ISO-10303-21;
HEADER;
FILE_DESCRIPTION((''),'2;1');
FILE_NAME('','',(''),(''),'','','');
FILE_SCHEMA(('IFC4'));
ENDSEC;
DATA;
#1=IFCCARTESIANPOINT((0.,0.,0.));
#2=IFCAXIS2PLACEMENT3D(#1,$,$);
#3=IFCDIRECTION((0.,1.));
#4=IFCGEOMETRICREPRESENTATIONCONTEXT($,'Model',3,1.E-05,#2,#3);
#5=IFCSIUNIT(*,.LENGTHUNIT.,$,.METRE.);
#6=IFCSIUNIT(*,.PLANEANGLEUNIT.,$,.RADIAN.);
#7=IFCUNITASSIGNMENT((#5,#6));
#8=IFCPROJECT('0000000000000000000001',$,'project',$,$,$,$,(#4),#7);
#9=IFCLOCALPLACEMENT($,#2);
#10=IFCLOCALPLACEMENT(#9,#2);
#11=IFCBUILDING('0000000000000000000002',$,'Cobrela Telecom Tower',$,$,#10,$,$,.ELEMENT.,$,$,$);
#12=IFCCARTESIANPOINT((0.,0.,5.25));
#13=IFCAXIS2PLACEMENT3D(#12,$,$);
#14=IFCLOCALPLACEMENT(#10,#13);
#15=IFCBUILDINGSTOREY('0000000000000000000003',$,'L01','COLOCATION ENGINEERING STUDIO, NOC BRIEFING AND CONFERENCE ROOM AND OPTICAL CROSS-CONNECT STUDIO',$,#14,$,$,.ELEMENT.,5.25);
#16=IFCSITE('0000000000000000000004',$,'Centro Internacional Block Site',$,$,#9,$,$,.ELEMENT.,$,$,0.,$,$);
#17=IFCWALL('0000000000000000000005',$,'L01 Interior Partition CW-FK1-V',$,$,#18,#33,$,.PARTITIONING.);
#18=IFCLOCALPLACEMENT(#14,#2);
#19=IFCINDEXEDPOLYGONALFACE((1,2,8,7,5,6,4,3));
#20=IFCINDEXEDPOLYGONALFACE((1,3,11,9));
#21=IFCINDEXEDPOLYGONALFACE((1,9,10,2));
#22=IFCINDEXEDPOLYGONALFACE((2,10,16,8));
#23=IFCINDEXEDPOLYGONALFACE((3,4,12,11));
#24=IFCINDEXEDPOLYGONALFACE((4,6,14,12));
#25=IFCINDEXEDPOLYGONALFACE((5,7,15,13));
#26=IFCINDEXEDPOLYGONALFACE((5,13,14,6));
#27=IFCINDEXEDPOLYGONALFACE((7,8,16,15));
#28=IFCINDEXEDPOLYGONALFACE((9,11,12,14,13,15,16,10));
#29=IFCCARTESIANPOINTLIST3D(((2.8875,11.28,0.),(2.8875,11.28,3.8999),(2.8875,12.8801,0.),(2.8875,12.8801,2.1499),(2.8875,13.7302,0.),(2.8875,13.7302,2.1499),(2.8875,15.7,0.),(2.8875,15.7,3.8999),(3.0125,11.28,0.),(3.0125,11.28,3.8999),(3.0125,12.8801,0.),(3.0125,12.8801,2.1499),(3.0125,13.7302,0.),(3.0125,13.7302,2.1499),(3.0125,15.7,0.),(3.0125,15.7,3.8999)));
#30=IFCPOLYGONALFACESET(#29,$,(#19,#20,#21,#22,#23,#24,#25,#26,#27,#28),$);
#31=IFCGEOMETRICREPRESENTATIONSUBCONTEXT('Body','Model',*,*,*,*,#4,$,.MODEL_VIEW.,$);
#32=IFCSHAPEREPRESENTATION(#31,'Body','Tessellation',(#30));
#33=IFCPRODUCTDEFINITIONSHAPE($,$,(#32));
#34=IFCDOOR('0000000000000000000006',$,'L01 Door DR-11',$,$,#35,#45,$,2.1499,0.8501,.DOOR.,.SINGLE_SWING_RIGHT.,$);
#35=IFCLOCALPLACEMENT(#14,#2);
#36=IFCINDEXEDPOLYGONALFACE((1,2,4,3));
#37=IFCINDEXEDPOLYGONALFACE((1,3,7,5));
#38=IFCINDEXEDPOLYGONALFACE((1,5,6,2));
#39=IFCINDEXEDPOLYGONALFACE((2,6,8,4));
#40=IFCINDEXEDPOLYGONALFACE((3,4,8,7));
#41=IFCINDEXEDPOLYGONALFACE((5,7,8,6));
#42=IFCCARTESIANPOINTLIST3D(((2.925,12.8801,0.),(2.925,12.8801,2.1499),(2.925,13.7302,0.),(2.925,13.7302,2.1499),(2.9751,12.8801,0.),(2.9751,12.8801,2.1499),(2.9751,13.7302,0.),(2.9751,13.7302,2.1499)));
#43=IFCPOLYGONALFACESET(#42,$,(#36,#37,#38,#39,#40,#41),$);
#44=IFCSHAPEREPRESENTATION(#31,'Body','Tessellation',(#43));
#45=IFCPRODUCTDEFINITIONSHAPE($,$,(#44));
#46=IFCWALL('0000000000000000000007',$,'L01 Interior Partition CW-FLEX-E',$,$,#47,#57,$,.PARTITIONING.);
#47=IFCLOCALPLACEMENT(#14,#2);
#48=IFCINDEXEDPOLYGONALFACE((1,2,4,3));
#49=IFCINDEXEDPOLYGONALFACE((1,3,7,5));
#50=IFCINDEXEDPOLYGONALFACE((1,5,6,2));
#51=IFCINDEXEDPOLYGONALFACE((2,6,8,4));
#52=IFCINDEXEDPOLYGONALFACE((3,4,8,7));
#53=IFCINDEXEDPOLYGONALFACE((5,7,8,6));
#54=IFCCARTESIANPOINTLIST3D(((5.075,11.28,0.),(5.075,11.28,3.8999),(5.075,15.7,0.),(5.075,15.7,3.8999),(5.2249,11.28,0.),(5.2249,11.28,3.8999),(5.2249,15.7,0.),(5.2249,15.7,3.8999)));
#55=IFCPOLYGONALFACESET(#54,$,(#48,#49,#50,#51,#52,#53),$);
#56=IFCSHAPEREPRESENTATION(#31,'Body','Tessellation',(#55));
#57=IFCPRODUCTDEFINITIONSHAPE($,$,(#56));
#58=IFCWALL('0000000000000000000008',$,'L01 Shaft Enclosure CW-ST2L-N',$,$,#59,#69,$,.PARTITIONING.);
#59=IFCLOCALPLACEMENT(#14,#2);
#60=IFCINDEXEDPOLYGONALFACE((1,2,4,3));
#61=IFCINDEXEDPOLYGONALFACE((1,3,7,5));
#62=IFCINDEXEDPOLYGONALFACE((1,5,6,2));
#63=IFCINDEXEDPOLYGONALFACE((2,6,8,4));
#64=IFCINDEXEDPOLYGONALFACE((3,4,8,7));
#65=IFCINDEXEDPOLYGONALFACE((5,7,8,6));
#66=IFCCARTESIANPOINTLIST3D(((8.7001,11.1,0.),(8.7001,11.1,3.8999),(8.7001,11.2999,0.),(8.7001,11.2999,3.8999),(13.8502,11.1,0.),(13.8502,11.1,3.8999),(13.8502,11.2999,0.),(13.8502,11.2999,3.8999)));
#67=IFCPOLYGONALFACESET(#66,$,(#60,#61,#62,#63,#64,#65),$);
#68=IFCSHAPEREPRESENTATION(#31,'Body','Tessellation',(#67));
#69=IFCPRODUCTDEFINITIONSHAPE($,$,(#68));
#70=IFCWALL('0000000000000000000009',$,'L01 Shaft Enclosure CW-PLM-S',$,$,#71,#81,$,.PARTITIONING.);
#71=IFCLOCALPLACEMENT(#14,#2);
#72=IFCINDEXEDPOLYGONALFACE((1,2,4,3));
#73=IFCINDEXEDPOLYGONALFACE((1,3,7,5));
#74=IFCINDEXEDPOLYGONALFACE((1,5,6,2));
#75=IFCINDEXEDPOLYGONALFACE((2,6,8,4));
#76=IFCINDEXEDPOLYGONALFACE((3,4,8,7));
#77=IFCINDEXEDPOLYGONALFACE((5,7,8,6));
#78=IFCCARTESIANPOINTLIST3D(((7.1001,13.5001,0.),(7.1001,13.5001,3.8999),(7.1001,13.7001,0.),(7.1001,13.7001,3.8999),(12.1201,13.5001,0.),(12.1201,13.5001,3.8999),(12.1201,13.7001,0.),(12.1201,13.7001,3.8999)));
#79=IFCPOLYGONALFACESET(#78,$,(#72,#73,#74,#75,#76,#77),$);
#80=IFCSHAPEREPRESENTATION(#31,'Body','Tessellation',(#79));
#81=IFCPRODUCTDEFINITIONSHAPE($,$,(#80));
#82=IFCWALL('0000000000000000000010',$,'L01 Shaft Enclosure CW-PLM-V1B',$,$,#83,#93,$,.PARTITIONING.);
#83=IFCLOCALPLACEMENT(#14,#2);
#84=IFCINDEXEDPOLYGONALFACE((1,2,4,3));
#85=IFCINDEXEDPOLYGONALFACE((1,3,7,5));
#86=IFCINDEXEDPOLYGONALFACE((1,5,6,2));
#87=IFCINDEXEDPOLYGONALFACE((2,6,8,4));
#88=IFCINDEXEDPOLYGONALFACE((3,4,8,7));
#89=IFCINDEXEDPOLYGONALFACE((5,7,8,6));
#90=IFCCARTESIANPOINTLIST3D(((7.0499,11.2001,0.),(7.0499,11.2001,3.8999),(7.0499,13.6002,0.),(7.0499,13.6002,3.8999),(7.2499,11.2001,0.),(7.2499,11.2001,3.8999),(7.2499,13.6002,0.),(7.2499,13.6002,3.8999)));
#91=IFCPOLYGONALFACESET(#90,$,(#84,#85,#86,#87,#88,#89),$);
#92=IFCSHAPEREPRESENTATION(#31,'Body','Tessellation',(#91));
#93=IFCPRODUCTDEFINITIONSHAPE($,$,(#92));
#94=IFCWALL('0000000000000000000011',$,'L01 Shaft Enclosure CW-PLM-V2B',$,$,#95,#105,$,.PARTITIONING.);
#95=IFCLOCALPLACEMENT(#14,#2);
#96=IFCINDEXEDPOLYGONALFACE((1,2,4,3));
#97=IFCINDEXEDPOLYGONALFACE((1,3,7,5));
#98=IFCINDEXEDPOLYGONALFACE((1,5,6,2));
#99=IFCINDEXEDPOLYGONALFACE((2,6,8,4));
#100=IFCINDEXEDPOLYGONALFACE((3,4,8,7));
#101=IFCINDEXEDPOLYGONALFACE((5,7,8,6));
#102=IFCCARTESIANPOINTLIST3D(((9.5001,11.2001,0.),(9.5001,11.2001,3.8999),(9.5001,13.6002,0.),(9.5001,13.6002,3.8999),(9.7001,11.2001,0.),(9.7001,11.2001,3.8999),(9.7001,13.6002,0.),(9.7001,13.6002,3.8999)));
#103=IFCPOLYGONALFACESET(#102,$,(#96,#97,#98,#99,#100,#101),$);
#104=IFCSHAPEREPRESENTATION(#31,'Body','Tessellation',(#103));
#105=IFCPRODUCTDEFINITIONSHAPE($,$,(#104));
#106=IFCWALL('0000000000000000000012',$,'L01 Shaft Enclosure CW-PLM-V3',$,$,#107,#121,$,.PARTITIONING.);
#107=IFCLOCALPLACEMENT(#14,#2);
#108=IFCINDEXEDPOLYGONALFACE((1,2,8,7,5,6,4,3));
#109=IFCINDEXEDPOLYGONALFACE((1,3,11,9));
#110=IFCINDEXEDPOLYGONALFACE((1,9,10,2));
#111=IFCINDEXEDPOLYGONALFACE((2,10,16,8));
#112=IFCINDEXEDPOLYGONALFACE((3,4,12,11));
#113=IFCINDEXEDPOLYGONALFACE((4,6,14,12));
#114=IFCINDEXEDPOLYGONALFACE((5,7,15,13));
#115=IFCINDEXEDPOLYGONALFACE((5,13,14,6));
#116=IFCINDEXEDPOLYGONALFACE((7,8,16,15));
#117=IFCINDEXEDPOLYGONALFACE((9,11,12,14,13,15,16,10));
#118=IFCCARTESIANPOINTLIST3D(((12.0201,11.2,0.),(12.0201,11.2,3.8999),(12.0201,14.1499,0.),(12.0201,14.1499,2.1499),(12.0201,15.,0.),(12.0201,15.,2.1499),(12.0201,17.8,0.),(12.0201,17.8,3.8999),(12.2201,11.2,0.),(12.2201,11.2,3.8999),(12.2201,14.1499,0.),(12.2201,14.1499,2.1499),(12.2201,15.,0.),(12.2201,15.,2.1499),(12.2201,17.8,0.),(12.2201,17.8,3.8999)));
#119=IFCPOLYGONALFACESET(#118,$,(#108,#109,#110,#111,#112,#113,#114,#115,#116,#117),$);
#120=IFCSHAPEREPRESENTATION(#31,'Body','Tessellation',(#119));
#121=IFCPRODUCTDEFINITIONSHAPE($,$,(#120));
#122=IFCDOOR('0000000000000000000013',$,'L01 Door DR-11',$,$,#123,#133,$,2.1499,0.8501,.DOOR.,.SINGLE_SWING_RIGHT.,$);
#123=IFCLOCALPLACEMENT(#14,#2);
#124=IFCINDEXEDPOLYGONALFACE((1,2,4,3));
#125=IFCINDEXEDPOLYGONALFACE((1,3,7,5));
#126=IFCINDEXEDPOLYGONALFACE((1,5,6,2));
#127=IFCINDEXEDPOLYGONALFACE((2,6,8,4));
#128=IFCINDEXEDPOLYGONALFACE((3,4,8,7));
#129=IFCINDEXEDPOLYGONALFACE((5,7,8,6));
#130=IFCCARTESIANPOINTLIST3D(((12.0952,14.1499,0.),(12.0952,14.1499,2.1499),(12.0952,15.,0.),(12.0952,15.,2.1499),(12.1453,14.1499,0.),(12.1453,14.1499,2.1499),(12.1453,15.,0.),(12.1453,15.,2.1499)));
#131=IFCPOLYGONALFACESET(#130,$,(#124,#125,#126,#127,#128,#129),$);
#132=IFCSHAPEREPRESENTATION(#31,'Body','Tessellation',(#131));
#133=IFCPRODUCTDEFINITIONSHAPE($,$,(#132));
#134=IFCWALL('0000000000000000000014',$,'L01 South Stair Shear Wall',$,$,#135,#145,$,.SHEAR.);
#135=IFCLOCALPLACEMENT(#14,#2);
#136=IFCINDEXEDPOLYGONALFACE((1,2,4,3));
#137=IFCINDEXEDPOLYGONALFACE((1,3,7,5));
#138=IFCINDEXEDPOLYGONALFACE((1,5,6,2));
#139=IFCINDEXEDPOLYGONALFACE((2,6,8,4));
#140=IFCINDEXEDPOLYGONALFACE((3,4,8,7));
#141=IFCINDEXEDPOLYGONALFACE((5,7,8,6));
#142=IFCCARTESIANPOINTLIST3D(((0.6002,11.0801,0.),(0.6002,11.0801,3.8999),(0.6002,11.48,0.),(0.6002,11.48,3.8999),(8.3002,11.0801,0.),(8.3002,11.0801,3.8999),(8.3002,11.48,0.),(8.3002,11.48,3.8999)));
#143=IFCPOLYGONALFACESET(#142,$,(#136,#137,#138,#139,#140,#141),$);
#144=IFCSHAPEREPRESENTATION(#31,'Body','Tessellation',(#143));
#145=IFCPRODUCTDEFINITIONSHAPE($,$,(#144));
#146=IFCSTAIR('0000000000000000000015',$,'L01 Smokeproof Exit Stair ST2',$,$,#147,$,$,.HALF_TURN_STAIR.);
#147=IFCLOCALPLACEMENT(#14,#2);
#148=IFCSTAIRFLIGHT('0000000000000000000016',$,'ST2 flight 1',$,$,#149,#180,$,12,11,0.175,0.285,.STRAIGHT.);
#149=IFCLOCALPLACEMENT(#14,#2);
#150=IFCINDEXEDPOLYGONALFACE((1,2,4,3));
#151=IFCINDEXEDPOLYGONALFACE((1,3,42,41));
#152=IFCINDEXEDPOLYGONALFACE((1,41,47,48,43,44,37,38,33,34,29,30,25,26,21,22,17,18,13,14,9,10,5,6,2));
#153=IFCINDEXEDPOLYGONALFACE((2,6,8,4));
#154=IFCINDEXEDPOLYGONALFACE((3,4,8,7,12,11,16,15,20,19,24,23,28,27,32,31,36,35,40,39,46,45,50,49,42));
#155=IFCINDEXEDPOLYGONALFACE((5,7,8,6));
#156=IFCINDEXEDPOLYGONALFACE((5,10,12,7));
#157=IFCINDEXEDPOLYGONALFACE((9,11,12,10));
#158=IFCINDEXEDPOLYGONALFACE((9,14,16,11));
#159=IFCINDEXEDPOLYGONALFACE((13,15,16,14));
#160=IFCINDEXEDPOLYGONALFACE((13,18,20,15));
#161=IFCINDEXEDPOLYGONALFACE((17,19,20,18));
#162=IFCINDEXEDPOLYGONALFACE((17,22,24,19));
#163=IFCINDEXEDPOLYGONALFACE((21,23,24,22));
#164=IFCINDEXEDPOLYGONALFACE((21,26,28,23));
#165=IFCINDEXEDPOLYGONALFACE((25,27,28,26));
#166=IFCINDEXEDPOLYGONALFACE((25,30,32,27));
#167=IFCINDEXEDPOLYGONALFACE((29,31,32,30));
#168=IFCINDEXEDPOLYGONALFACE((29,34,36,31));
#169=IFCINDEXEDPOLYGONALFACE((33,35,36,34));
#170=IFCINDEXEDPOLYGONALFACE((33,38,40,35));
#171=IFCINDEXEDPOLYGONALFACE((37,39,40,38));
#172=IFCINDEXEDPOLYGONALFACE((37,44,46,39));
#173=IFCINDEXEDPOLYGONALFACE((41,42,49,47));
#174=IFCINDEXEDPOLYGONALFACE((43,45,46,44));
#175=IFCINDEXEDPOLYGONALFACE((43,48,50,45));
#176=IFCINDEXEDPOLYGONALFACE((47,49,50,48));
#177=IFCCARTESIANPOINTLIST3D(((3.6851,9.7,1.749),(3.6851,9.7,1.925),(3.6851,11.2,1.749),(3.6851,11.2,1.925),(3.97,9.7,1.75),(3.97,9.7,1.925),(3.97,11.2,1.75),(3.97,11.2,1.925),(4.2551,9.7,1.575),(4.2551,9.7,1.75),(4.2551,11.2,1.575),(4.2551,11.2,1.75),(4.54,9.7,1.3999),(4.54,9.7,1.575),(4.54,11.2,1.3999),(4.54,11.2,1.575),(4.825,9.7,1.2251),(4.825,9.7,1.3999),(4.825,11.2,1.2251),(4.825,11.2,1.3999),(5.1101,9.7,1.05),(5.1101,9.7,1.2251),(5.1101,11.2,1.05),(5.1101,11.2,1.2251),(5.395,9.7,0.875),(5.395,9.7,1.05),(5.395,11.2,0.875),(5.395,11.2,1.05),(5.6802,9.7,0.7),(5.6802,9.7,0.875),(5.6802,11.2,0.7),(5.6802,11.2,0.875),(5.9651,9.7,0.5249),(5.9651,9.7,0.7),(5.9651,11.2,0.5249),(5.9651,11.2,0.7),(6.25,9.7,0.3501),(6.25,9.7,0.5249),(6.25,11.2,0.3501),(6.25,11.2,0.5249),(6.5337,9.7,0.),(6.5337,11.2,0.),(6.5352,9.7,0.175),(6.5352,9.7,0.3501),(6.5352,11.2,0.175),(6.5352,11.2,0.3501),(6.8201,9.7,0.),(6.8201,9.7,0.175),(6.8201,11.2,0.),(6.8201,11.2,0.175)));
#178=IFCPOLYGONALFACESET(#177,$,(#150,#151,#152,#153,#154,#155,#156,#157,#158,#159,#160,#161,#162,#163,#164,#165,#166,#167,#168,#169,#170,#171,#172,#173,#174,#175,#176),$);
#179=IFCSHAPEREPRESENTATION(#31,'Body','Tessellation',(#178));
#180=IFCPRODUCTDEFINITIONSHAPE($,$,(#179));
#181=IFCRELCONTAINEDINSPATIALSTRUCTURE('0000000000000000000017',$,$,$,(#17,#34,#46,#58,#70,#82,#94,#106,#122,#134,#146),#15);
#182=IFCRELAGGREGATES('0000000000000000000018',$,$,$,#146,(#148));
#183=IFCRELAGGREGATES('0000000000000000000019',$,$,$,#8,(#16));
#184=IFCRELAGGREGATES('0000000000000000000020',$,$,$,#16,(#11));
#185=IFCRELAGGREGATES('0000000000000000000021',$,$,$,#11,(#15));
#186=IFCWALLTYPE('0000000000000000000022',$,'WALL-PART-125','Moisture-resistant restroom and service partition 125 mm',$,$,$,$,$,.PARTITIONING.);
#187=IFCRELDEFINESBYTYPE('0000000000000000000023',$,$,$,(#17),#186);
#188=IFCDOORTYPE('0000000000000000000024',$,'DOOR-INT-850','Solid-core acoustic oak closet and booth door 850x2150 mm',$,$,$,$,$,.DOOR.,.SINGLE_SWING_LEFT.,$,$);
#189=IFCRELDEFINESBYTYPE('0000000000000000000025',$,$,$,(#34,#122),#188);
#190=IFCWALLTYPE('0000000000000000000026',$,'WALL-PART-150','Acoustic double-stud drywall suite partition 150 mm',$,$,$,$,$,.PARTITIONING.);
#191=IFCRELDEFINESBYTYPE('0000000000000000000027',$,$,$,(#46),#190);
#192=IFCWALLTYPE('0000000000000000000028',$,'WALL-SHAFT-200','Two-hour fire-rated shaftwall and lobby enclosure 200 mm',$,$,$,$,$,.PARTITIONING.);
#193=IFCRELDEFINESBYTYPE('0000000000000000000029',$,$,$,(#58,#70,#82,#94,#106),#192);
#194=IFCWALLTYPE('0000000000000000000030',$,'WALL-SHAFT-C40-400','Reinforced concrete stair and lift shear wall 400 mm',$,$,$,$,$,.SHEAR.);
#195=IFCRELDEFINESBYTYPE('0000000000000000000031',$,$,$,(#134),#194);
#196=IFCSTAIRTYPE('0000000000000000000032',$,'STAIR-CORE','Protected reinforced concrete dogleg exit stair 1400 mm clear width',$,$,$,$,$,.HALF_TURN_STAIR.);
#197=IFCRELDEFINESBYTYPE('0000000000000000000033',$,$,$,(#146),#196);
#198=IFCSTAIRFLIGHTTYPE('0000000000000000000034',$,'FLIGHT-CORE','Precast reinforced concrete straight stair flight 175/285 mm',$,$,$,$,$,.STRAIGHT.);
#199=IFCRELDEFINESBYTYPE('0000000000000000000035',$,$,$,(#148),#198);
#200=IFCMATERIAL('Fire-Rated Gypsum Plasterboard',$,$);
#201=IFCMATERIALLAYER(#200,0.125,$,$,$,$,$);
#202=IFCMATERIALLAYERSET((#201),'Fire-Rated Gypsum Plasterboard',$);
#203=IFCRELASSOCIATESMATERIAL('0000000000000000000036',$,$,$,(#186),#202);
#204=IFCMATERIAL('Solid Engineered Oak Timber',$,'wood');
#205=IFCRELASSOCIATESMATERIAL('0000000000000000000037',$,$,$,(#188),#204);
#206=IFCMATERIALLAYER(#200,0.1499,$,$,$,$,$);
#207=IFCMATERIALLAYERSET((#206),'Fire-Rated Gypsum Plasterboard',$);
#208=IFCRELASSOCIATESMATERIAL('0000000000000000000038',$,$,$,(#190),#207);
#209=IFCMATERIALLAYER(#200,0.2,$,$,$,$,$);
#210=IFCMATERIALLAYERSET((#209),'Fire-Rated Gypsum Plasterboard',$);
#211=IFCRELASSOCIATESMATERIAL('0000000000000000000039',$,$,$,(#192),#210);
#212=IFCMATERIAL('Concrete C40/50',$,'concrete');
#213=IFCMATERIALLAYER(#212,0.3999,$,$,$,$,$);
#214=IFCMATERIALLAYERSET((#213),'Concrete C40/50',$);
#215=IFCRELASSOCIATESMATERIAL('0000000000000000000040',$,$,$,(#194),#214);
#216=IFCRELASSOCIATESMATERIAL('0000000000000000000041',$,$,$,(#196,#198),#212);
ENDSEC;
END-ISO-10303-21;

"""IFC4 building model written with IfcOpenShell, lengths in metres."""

from ifc_helpers import new_model, si_unit, direction, frame, frame_2d, origin, place, context, subcontext, project, spatial, polyline, rectangle, outline, extrude, material, layer, layer_set, type_object, element, fill, aggregate, save


model = new_model("IFC4")

# Units and contexts
model_context = context("Model", 3, precision=1e-05, world=origin(), true_north=direction((0.0, 1.0)))
body_context = subcontext(model_context, "Body", "Model", "MODEL_VIEW")
ifc_project = project(units=[si_unit("LENGTHUNIT", "METRE"), si_unit("PLANEANGLEUNIT", "RADIAN")], contexts=[model_context])

# Site, building, storey
site_placement = place(None, origin())
site = spatial("IfcSite", under=ifc_project, at=site_placement, Name="Centro Internacional Block Site", CompositionType="ELEMENT", RefElevation=0.0)
building_placement = place(site_placement, origin())
building = spatial("IfcBuilding", under=site, at=building_placement, Name="Cobrela Telecom Tower", CompositionType="ELEMENT")
storey_placement = place(building_placement, frame((0.0, 0.0, 5.25)))
storey = spatial("IfcBuildingStorey", under=building, at=storey_placement, Name="L01", Description="COLOCATION ENGINEERING STUDIO, NOC BRIEFING AND CONFERENCE ROOM AND OPTICAL CROSS-CONNECT STUDIO", CompositionType="ELEMENT", Elevation=5.25)

# Wall, opening, door
ifc_material_1 = material(Name="Fire-Rated Gypsum Plasterboard")
ifc_layer_1 = layer(ifc_material_1, 0.125)
ifc_layer_set_1 = layer_set([ifc_layer_1], Name="Fire-Rated Gypsum Plasterboard")
wall_type_1 = type_object("IfcWallType", Name="WALL-PART-125", Description="Moisture-resistant restroom and service partition 125 mm", PredefinedType="PARTITIONING", material=ifc_layer_set_1)
wall_1_placement = place(storey_placement, frame((2.95, 11.28, 0.0), z_axis=(0.0, 0.0, 1.0), x_axis=(0.0, 1.0, 0.0)))
wall_1 = element("IfcWall", 1, at=wall_1_placement, inside=storey, type_object=wall_type_1, Name="L01 Interior Partition CW-FK1-V", PredefinedType="PARTITIONING", context=body_context, shape_type="SweptSolid", body=[
    extrude(rectangle(XDim=4.4199, YDim=0.125, at=frame_2d((2.21, 0.0))), origin(), (0.0, 0.0, 1.0), 3.8999),
])
opening_1_placement = place(wall_1_placement, frame((1.6001, 0.0, 0.0)))
opening_1 = element("IfcOpeningElement", 2, at=opening_1_placement, cuts=wall_1, PredefinedType="OPENING", context=body_context, shape_type="SweptSolid", body=[
    extrude(rectangle(XDim=0.8501, YDim=2.1499, at=frame_2d((0.425, 1.075))), frame((0.0, 0.0745, 0.0), z_axis=(0.0, -1.0, 0.0), x_axis=(1.0, 0.0, 0.0)), (0.0, 0.0, 1.0), 0.1489),
])
ifc_material_2 = material(Name="Solid Engineered Oak Timber", Category="wood")
door_type = type_object("IfcDoorType", Name="DOOR-INT-850", Description="Solid-core acoustic oak closet and booth door 850x2150 mm", OperationType="SINGLE_SWING_LEFT", PredefinedType="DOOR", material=ifc_material_2)
door_1_placement = place(opening_1_placement, origin())
door_1 = element("IfcDoor", 3, at=door_1_placement, inside=storey, type_object=door_type, Name="L01 Door DR-11", OperationType="SINGLE_SWING_RIGHT", OverallHeight=2.1499, OverallWidth=0.8501, PredefinedType="DOOR", context=body_context, shape_type="SweptSolid", body=[
    extrude(rectangle(XDim=0.8501, YDim=2.1499, at=frame_2d((0.425, 1.075))), frame((0.0, 0.0249, 0.0), z_axis=(0.0, -1.0, 0.0), x_axis=(1.0, 0.0, 0.0)), (0.0, 0.0, 1.0), 0.05),
])
fill(opening_1, door_1)

# Walls
ifc_layer_2 = layer(ifc_material_1, 0.1499)
ifc_layer_set_2 = layer_set([ifc_layer_2], Name="Fire-Rated Gypsum Plasterboard")
wall_type_2 = type_object("IfcWallType", Name="WALL-PART-150", Description="Acoustic double-stud drywall suite partition 150 mm", PredefinedType="PARTITIONING", material=ifc_layer_set_2)
wall_2_placement = place(storey_placement, frame((5.1499, 11.28, 0.0), z_axis=(0.0, 0.0, 1.0), x_axis=(0.0, 1.0, 0.0)))
element("IfcWall", 4, at=wall_2_placement, inside=storey, type_object=wall_type_2, Name="L01 Interior Partition CW-FLEX-E", PredefinedType="PARTITIONING", context=body_context, shape_type="SweptSolid", body=[
    extrude(rectangle(XDim=4.4199, YDim=0.1499, at=frame_2d((2.21, 0.0))), origin(), (0.0, 0.0, 1.0), 3.8999),
])
ifc_layer_3 = layer(ifc_material_1, 0.2)
ifc_layer_set_3 = layer_set([ifc_layer_3], Name="Fire-Rated Gypsum Plasterboard")
wall_type_3 = type_object("IfcWallType", Name="WALL-SHAFT-200", Description="Two-hour fire-rated shaftwall and lobby enclosure 200 mm", PredefinedType="PARTITIONING", material=ifc_layer_set_3)
wall_3_placement = place(storey_placement, frame((8.7, 11.2, 0.0), z_axis=(0.0, 0.0, 1.0), x_axis=(1.0, 0.0, 0.0)))
element("IfcWall", 5, at=wall_3_placement, inside=storey, type_object=wall_type_3, Name="L01 Shaft Enclosure CW-ST2L-N", PredefinedType="PARTITIONING", context=body_context, shape_type="SweptSolid", body=[
    extrude(rectangle(XDim=5.1501, YDim=0.2, at=frame_2d((2.5752, 0.0))), origin(), (0.0, 0.0, 1.0), 3.8999),
])
wall_4_placement = place(storey_placement, frame((7.1001, 13.6001, 0.0), z_axis=(0.0, 0.0, 1.0), x_axis=(1.0, 0.0, 0.0)))
element("IfcWall", 6, at=wall_4_placement, inside=storey, type_object=wall_type_3, Name="L01 Shaft Enclosure CW-PLM-S", PredefinedType="PARTITIONING", context=body_context, shape_type="SweptSolid", body=[
    extrude(rectangle(XDim=5.02, YDim=0.2, at=frame_2d((2.51, 0.0))), origin(), (0.0, 0.0, 1.0), 3.8999),
])
for number, where, z_axis, x_axis, name in (
    (7, (7.1499, 11.2, 0.0), (0.0, 0.0, 1.0), (0.0, 1.0, 0.0), "L01 Shaft Enclosure CW-PLM-V1B"),
    (8, (9.6001, 11.2, 0.0), (0.0, 0.0, 1.0), (0.0, 1.0, 0.0), "L01 Shaft Enclosure CW-PLM-V2B"),
):
    element("IfcWall", number, at=place(storey_placement, frame(where, z_axis=z_axis, x_axis=x_axis)), inside=storey, type_object=wall_type_3, Name=name, PredefinedType="PARTITIONING", context=body_context, shape_type="SweptSolid", body=[
        extrude(rectangle(XDim=2.4001, YDim=0.2, at=frame_2d((1.2002, 0.0))), origin(), (0.0, 0.0, 1.0), 3.8999),
    ])

# Wall, opening, door
wall_5_placement = place(storey_placement, frame((12.1201, 11.2, 0.0), z_axis=(0.0, 0.0, 1.0), x_axis=(0.0, 1.0, 0.0)))
wall_5 = element("IfcWall", 9, at=wall_5_placement, inside=storey, type_object=wall_type_3, Name="L01 Shaft Enclosure CW-PLM-V3", PredefinedType="PARTITIONING", context=body_context, shape_type="SweptSolid", body=[
    extrude(rectangle(XDim=6.6001, YDim=0.2, at=frame_2d((3.3, 0.0))), origin(), (0.0, 0.0, 1.0), 3.8999),
])
opening_2_placement = place(wall_5_placement, frame((2.95, 0.0, 0.0)))
opening_2 = element("IfcOpeningElement", 10, at=opening_2_placement, cuts=wall_5, PredefinedType="OPENING", context=body_context, shape_type="SweptSolid", body=[
    extrude(rectangle(XDim=0.8501, YDim=2.1499, at=frame_2d((0.425, 1.075))), frame((0.0, 0.1118, 0.0), z_axis=(0.0, -1.0, 0.0), x_axis=(1.0, 0.0, 0.0)), (0.0, 0.0, 1.0), 0.2239),
])
door_2_placement = place(opening_2_placement, origin())
door_2 = element("IfcDoor", 11, at=door_2_placement, inside=storey, type_object=door_type, Name="L01 Door DR-11", OperationType="SINGLE_SWING_RIGHT", OverallHeight=2.1499, OverallWidth=0.8501, PredefinedType="DOOR", context=body_context, shape_type="SweptSolid", body=[
    extrude(rectangle(XDim=0.8501, YDim=2.1499, at=frame_2d((0.425, 1.075))), frame((0.0, 0.0249, 0.0), z_axis=(0.0, -1.0, 0.0), x_axis=(1.0, 0.0, 0.0)), (0.0, 0.0, 1.0), 0.05),
])
fill(opening_2, door_2)

# Wall
ifc_material_3 = material(Name="Concrete C40/50", Category="concrete")
ifc_layer_4 = layer(ifc_material_3, 0.3999)
ifc_layer_set_4 = layer_set([ifc_layer_4], Name="Concrete C40/50")
wall_type_4 = type_object("IfcWallType", Name="WALL-SHAFT-C40-400", Description="Reinforced concrete stair and lift shear wall 400 mm", PredefinedType="SHEAR", material=ifc_layer_set_4)
wall_6_placement = place(storey_placement, frame((0.6001, 11.28, 0.0), z_axis=(0.0, 0.0, 1.0), x_axis=(1.0, 0.0, 0.0)))
element("IfcWall", 12, at=wall_6_placement, inside=storey, type_object=wall_type_4, Name="L01 South Stair Shear Wall", PredefinedType="SHEAR", context=body_context, shape_type="SweptSolid", body=[
    extrude(rectangle(XDim=7.7, YDim=0.3999, at=frame_2d((3.8501, 0.0))), origin(), (0.0, 0.0, 1.0), 3.8999),
])

# Stair, stair flight
stair_type = type_object("IfcStairType", Name="STAIR-CORE", Description="Protected reinforced concrete dogleg exit stair 1400 mm clear width", PredefinedType="HALF_TURN_STAIR", material=ifc_material_3)
stair_placement = place(storey_placement, origin())
stair = element("IfcStair", 13, at=stair_placement, inside=storey, type_object=stair_type, Name="L01 Smokeproof Exit Stair ST2", PredefinedType="HALF_TURN_STAIR")
stair_flight_type = type_object("IfcStairFlightType", Name="FLIGHT-CORE", Description="Precast reinforced concrete straight stair flight 175/285 mm", PredefinedType="STRAIGHT", material=ifc_material_3)
stair_flight_placement = place(storey_placement, frame((6.8201, 10.45, 0.0), z_axis=(0.0, 0.0, 1.0), x_axis=(-1.0, 0.0, 0.0)))
stair_flight = element("IfcStairFlight", 14, at=stair_flight_placement, type_object=stair_flight_type, Name="ST2 flight 1", NumberOfRisers=12, NumberOfTreads=11, PredefinedType="STRAIGHT", RiserHeight=0.175, TreadLength=0.285, context=body_context, shape_type="SweptSolid", body=[
    extrude(outline(polyline([(0.0, 0.0), (0.0, 0.175), (0.2849, 0.175), (0.2849, 0.3501), (0.5701, 0.3501), (0.5701, 0.5249), (0.855, 0.5249), (0.855, 0.7), (1.1399, 0.7), (1.1399, 0.875), (1.425, 0.875), (1.425, 1.05), (1.71, 1.05), (1.71, 1.2251), (1.9951, 1.2251), (1.9951, 1.3999), (2.28, 1.3999), (2.28, 1.575), (2.5649, 1.575), (2.5649, 1.75), (2.8501, 1.75), (2.8501, 1.925), (3.135, 1.925), (3.135, 2.1001), (3.135, 1.749), (0.2864, 0.0), (0.0, 0.0)])), frame((0.0, 0.75, 0.0), z_axis=(0.0, -1.0, 0.0), x_axis=(1.0, 0.0, 0.0)), (0.0, 0.0, 1.0), 1.5),
])
aggregate(stair, [stair_flight])

save(model, "model.ifc")
